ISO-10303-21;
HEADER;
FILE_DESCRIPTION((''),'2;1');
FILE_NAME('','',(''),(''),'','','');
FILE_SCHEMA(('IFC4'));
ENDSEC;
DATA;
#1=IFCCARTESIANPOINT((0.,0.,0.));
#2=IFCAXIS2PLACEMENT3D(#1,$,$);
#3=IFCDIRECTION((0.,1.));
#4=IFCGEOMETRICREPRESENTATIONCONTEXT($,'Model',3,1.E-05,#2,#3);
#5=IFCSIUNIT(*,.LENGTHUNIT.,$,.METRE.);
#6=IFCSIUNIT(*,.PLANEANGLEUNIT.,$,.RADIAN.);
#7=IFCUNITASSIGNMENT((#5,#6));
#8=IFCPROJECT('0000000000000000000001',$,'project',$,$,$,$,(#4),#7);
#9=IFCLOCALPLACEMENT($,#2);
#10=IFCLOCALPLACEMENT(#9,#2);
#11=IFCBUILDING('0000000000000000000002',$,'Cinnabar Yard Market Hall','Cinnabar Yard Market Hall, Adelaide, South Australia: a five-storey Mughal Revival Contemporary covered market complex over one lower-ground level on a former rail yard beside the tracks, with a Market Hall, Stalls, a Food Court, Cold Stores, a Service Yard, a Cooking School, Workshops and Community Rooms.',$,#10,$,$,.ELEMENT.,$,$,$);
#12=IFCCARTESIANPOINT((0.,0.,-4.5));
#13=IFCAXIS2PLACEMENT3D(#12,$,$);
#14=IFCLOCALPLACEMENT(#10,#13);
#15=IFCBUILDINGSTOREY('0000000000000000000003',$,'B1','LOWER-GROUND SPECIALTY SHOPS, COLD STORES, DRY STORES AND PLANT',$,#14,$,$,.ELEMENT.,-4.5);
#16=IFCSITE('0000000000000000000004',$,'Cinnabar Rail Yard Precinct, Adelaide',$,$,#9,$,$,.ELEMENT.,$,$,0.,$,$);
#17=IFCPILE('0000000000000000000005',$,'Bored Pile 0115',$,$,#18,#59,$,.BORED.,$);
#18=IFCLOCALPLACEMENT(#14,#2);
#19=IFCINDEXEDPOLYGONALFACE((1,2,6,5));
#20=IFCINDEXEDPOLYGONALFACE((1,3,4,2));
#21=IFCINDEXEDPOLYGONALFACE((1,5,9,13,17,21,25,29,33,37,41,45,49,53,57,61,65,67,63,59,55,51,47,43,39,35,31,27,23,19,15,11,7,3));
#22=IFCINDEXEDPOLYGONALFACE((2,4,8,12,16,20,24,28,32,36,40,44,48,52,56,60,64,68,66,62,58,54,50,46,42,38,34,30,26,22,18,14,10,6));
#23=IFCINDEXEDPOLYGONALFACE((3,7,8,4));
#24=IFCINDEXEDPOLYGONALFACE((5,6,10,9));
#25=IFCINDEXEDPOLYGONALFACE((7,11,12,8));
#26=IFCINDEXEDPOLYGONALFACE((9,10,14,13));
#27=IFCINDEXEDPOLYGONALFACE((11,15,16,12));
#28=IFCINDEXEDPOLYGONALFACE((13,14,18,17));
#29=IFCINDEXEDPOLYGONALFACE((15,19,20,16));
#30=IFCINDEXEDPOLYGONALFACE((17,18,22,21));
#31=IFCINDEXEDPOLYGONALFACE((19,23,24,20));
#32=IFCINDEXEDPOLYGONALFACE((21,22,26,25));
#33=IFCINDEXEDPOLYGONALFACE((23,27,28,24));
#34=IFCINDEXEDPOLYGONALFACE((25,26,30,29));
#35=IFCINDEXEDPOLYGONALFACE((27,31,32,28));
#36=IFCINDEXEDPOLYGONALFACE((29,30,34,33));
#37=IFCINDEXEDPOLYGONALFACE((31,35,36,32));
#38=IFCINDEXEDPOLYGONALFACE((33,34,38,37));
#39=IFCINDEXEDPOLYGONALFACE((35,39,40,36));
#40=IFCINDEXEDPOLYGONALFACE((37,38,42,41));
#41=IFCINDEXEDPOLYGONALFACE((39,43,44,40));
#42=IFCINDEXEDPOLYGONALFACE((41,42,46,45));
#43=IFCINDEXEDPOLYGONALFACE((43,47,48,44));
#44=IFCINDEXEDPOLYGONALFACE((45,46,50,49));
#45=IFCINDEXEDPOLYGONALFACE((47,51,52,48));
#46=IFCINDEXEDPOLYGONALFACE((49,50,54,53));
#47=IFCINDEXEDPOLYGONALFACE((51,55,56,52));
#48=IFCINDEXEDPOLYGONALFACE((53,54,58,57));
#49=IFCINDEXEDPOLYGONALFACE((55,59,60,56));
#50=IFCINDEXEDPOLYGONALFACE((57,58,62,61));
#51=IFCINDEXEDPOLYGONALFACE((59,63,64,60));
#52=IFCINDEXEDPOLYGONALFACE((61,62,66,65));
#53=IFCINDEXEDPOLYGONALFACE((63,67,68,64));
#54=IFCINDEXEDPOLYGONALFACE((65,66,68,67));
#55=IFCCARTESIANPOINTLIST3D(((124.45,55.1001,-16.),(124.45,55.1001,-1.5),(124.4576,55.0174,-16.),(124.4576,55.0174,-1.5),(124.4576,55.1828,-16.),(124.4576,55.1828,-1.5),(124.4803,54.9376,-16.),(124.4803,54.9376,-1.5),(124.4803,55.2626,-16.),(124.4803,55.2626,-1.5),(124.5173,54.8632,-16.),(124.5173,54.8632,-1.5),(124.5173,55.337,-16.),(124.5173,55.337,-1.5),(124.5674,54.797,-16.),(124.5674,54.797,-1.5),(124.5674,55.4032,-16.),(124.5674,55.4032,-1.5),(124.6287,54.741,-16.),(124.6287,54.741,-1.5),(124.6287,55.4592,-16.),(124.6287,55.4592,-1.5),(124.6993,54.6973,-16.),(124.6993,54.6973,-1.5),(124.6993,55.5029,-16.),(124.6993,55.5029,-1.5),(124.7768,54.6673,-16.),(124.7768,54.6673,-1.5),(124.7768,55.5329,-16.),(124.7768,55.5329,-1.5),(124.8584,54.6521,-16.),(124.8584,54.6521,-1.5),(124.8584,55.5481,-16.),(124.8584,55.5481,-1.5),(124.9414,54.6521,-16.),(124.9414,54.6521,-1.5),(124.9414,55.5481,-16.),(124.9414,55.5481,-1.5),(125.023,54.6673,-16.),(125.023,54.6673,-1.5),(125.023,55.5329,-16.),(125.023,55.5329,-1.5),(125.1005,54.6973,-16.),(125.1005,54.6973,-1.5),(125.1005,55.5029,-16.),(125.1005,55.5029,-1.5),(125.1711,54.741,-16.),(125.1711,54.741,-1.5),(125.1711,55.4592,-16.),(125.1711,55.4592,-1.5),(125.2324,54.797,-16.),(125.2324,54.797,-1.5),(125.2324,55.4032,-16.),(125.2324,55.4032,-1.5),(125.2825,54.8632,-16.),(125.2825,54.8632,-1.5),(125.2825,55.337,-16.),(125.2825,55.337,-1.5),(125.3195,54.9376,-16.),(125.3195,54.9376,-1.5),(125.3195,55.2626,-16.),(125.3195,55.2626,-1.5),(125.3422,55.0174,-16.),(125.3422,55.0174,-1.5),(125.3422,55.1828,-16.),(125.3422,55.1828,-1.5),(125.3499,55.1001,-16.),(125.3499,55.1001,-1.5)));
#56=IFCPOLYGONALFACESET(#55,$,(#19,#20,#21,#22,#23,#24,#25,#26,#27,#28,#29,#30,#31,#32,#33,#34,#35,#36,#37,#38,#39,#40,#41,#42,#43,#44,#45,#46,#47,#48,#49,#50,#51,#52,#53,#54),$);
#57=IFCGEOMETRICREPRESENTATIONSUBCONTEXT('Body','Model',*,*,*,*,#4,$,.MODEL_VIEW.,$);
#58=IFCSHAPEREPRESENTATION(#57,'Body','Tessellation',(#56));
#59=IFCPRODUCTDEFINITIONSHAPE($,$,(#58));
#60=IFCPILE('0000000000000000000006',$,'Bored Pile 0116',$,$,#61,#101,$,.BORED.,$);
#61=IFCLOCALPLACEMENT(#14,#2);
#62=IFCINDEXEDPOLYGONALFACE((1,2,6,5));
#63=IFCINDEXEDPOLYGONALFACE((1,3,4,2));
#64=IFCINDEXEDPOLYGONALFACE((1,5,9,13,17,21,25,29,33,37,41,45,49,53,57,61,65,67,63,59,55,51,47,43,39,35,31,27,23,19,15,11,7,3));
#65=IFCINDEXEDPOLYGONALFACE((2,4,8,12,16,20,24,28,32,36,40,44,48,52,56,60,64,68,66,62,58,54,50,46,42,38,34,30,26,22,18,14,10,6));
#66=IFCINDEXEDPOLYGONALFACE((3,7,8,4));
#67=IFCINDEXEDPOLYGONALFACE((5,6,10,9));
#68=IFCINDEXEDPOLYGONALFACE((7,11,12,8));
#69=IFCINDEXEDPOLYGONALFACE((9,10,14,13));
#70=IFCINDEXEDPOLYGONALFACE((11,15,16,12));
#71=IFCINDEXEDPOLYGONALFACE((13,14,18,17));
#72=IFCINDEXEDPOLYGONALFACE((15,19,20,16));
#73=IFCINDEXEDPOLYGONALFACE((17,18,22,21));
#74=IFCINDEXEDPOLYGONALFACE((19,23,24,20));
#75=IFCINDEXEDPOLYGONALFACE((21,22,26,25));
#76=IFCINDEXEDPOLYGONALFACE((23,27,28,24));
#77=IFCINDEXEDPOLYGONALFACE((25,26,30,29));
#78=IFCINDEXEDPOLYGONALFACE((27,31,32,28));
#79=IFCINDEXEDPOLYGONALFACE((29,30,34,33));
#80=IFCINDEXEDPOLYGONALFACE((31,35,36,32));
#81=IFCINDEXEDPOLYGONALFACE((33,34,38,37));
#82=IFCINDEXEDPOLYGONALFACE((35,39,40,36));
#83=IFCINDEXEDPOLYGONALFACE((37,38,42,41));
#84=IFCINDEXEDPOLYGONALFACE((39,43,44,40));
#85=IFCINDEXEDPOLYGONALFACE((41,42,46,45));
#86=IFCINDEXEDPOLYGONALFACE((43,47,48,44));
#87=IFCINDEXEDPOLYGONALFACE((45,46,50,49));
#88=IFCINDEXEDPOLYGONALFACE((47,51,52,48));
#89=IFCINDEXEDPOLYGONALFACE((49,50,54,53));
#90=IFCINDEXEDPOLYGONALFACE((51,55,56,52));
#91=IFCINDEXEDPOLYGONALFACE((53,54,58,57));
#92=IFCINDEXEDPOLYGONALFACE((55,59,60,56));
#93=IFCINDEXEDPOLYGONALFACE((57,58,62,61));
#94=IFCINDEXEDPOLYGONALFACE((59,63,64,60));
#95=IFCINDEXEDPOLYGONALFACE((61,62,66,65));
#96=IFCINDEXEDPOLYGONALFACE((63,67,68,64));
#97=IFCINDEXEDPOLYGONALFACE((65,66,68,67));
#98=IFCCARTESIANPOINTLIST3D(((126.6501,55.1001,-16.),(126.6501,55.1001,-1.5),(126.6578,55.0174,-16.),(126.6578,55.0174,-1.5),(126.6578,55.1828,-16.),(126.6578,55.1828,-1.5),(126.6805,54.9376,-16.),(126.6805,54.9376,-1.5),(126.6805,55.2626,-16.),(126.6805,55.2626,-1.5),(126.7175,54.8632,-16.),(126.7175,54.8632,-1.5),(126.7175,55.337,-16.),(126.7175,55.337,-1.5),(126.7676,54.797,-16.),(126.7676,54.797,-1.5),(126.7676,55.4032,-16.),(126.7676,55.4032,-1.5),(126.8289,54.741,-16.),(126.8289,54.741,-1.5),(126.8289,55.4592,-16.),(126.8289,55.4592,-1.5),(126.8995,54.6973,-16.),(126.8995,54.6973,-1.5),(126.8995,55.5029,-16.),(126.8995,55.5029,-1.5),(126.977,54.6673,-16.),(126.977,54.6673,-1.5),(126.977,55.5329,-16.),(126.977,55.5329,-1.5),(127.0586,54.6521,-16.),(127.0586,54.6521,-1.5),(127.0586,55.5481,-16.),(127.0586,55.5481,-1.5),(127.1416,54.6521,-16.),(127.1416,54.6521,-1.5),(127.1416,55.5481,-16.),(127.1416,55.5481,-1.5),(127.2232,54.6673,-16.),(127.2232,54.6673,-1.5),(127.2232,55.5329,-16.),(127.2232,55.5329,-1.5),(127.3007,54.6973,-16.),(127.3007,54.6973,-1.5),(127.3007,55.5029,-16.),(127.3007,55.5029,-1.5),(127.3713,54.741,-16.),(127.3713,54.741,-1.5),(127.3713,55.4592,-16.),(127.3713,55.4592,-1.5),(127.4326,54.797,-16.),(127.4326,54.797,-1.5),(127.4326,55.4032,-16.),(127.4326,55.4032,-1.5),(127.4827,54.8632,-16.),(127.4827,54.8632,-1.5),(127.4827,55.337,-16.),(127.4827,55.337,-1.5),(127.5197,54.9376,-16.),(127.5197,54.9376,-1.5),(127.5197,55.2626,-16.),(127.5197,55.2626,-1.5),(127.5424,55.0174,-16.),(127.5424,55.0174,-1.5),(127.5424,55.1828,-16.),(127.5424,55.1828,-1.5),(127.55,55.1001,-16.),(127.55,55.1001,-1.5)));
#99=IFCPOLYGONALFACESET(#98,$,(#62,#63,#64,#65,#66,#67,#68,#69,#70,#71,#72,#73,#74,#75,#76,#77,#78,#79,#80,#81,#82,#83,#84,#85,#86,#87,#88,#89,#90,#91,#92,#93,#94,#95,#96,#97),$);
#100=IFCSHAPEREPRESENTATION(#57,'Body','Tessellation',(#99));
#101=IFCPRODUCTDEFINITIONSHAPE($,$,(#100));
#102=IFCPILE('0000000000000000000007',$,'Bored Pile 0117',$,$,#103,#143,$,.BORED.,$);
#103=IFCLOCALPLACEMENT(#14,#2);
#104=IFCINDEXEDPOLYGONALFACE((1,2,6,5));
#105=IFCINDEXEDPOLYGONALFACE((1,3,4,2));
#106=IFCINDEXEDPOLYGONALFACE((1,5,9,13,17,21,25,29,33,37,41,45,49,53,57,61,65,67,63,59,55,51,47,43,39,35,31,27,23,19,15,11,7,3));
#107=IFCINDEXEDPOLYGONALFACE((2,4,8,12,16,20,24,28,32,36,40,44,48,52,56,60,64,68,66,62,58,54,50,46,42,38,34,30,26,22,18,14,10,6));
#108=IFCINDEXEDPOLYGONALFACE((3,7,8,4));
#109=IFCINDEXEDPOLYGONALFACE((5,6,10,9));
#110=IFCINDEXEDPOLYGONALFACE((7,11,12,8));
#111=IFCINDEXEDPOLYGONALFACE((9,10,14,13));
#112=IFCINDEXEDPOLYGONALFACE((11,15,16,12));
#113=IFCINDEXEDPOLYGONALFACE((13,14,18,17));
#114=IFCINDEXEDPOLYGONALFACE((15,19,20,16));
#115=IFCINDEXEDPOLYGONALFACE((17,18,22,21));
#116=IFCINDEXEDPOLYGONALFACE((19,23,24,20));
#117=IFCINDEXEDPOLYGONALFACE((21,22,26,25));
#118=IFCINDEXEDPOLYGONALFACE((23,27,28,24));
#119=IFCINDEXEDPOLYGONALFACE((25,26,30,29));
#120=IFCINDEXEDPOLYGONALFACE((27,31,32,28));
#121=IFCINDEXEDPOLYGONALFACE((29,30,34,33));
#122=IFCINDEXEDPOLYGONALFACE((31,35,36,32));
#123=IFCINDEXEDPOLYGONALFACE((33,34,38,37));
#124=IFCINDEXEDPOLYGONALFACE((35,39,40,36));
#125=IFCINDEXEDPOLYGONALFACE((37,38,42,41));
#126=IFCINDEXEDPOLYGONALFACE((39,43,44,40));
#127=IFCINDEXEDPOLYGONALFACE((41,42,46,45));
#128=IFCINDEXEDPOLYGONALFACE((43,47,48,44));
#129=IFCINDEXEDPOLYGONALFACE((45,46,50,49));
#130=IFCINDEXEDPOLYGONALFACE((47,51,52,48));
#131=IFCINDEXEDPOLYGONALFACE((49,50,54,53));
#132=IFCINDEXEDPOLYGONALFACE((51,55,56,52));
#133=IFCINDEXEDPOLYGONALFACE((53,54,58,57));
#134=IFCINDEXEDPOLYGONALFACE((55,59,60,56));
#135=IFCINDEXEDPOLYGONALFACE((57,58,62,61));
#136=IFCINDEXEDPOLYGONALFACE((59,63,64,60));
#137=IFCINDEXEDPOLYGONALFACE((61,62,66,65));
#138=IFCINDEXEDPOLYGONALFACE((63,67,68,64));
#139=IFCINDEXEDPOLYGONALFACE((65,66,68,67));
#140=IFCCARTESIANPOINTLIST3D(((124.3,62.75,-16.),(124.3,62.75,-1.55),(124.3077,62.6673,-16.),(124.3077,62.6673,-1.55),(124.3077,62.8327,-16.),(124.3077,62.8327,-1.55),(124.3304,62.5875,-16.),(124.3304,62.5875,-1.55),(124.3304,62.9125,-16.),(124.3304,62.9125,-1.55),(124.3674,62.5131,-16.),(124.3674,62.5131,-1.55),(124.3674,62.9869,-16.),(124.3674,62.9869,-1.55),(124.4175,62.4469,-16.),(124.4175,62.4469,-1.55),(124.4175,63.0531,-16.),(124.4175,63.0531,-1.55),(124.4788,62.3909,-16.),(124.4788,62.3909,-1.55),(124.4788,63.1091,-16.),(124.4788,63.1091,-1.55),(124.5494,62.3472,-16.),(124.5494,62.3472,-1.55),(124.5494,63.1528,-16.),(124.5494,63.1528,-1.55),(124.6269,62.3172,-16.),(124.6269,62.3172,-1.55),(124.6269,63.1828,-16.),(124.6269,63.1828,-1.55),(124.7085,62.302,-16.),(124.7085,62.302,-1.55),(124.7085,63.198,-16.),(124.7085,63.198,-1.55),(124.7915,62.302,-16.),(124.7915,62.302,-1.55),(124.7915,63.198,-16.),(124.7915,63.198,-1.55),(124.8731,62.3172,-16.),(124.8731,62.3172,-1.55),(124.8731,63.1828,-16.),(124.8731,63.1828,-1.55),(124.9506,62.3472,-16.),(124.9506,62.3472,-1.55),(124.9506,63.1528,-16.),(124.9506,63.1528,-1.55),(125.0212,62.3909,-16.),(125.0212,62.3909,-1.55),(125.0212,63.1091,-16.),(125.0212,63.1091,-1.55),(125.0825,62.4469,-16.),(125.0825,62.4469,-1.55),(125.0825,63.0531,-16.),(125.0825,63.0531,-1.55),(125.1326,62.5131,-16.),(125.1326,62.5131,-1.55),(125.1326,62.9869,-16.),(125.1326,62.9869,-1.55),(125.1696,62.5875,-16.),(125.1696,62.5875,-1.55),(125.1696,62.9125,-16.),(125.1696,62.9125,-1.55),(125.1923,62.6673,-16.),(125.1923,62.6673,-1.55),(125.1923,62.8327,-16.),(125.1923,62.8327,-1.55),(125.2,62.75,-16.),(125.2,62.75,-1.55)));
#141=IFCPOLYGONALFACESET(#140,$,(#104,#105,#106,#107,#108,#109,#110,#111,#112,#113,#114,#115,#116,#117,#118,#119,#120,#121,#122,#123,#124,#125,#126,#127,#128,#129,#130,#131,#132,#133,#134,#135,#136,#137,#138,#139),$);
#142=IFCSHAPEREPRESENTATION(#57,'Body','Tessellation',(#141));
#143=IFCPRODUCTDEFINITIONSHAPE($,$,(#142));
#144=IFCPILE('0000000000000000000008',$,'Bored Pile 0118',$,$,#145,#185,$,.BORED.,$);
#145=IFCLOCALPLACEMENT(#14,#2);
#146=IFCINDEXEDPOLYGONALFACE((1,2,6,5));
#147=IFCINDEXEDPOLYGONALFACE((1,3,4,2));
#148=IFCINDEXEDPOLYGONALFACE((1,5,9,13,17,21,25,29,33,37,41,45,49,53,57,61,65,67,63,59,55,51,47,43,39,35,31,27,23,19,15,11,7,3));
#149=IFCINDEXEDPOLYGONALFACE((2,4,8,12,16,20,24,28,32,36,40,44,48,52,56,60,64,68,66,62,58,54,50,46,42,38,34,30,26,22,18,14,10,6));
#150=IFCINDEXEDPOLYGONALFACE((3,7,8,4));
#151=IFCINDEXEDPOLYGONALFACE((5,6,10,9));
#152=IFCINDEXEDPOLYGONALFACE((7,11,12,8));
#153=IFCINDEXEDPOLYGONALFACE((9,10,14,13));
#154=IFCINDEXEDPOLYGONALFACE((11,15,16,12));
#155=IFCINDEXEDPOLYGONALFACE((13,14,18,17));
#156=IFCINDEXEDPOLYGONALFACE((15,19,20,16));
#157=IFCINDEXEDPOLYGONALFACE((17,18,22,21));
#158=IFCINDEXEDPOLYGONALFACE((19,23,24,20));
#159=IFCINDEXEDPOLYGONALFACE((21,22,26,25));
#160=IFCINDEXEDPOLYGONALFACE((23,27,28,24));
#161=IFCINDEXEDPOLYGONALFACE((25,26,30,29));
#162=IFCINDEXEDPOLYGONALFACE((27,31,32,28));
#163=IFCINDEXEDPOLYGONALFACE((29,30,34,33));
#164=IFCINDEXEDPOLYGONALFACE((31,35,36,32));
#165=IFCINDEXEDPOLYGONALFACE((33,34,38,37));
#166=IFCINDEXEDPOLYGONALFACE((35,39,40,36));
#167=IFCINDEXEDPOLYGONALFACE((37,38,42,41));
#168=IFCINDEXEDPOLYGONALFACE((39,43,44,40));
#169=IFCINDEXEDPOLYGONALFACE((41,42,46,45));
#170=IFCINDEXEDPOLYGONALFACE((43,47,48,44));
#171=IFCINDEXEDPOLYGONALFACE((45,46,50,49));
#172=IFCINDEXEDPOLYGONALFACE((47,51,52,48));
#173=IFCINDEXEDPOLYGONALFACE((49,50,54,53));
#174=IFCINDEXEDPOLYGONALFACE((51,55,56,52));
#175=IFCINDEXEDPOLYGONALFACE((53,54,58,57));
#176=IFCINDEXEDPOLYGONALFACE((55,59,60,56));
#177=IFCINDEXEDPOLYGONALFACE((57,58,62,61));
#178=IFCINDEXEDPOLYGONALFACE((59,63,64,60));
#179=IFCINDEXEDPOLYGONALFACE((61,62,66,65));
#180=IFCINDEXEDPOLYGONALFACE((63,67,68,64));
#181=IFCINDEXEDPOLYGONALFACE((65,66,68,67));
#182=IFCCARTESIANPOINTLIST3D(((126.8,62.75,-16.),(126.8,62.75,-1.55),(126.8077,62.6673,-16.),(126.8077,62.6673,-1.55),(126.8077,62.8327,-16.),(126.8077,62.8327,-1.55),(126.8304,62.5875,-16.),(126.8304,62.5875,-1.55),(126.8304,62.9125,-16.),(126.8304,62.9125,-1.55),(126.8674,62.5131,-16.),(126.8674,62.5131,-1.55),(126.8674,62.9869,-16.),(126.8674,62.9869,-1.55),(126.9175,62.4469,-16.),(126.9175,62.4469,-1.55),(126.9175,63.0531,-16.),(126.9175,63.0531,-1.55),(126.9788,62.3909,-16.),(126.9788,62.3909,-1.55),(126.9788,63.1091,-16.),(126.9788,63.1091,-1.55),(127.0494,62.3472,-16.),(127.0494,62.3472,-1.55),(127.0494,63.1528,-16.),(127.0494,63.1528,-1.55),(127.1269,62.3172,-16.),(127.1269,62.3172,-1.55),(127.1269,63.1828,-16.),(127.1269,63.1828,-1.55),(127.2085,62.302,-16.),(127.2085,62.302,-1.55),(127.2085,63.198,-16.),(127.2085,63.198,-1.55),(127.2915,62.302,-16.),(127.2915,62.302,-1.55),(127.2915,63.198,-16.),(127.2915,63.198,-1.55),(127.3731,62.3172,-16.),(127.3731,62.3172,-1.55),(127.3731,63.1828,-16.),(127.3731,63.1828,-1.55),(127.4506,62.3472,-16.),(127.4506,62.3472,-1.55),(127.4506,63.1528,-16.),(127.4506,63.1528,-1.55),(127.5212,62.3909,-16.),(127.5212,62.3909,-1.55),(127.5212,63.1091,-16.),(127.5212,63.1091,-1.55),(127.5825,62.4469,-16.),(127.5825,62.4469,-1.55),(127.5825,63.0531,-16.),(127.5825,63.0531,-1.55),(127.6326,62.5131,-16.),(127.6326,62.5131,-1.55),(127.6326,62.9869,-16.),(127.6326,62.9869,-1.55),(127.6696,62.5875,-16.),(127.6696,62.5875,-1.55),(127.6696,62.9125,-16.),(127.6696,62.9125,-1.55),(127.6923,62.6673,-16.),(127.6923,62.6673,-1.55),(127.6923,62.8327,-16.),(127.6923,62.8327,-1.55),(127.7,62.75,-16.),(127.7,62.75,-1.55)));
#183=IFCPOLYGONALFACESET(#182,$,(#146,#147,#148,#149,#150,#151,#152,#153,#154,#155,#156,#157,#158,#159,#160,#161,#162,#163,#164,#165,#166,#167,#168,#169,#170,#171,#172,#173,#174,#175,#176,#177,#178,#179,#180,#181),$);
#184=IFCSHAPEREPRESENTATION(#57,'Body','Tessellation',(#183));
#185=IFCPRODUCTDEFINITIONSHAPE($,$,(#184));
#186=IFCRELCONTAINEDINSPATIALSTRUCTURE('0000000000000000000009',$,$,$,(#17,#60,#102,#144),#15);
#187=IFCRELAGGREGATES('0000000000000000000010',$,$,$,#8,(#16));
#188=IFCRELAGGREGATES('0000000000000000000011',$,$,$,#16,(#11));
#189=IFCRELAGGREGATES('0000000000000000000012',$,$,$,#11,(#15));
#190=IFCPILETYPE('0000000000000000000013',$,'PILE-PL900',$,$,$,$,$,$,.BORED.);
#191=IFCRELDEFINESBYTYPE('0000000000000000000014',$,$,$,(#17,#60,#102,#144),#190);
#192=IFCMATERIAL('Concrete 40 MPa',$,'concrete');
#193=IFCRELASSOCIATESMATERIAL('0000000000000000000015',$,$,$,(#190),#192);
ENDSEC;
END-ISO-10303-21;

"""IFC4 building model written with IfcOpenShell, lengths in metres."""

from ifc_helpers import new_model, si_unit, direction, frame, origin, origin_2d_with_axis, place, context, subcontext, project, spatial, circle, extrude, material, material_profile, profile_set, type_object, element, save


model = new_model("IFC4")

# Units and contexts
model_context = context("Model", 3, precision=1e-05, world=origin(), true_north=direction((0.0, 1.0)))
body_context = subcontext(model_context, "Body", "Model", "MODEL_VIEW")
ifc_project = project(units=[si_unit("LENGTHUNIT", "METRE"), si_unit("PLANEANGLEUNIT", "RADIAN")], contexts=[model_context])

# Site, building, storey
site_placement = place(None, origin())
site = spatial("IfcSite", under=ifc_project, at=site_placement, Name="Cinnabar Rail Yard Precinct, Adelaide", CompositionType="ELEMENT", RefElevation=0.0)
building_placement = place(site_placement, origin())
building = spatial("IfcBuilding", under=site, at=building_placement, Name="Cinnabar Yard Market Hall", Description="Cinnabar Yard Market Hall, Adelaide, South Australia: a five-storey Mughal Revival Contemporary covered market complex over one lower-ground level on a former rail yard beside the tracks, with a Market Hall, Stalls, a Food Court, Cold Stores, a Service Yard, a Cooking School, Workshops and Community Rooms.", CompositionType="ELEMENT")
storey_placement = place(building_placement, frame((0.0, 0.0, -4.5)))
storey = spatial("IfcBuildingStorey", under=building, at=storey_placement, Name="B1", Description="LOWER-GROUND SPECIALTY SHOPS, COLD STORES, DRY STORES AND PLANT", CompositionType="ELEMENT", Elevation=-4.5)

# Shared definitions
ifc_material_1 = material(Name="Concrete 40 MPa", Category="concrete")

# Piles
ifc_material_profile_1 = material_profile(ifc_material_1, circle(Radius=0.45, at=origin_2d_with_axis()), Name="PILE-D900")
ifc_profile_set_1 = profile_set([ifc_material_profile_1], Name="Concrete 40 MPa")
pile_type = type_object("IfcPileType", Name="PILE-PL900", PredefinedType="BORED", material=ifc_profile_set_1)
for number, where, z_axis, x_axis, name in (
    (1, (124.8999, 55.1001, -1.5), (0.0, 0.0, -1.0), (1.0, 0.0, 0.0), "Bored Pile 0115"),
    (2, (127.1001, 55.1001, -1.5), (0.0, 0.0, -1.0), (1.0, 0.0, 0.0), "Bored Pile 0116"),
):
    element("IfcPile", number, at=place(storey_placement, frame(where, z_axis=z_axis, x_axis=x_axis)), inside=storey, type_object=pile_type, Name=name, PredefinedType="BORED", context=body_context, shape_type="SweptSolid", body=[
        extrude(circle(Radius=0.45, at=origin_2d_with_axis()), origin(), (0.0, 0.0, 1.0), 14.5),
    ])
for number, where, z_axis, x_axis, name in (
    (3, (124.75, 62.75, -1.55), (0.0, 0.0, -1.0), (1.0, 0.0, 0.0), "Bored Pile 0117"),
    (4, (127.25, 62.75, -1.55), (0.0, 0.0, -1.0), (1.0, 0.0, 0.0), "Bored Pile 0118"),
):
    element("IfcPile", number, at=place(storey_placement, frame(where, z_axis=z_axis, x_axis=x_axis)), inside=storey, type_object=pile_type, Name=name, PredefinedType="BORED", context=body_context, shape_type="SweptSolid", body=[
        extrude(circle(Radius=0.45, at=origin_2d_with_axis()), origin(), (0.0, 0.0, 1.0), 14.45),
    ])

save(model, "model.ifc")
